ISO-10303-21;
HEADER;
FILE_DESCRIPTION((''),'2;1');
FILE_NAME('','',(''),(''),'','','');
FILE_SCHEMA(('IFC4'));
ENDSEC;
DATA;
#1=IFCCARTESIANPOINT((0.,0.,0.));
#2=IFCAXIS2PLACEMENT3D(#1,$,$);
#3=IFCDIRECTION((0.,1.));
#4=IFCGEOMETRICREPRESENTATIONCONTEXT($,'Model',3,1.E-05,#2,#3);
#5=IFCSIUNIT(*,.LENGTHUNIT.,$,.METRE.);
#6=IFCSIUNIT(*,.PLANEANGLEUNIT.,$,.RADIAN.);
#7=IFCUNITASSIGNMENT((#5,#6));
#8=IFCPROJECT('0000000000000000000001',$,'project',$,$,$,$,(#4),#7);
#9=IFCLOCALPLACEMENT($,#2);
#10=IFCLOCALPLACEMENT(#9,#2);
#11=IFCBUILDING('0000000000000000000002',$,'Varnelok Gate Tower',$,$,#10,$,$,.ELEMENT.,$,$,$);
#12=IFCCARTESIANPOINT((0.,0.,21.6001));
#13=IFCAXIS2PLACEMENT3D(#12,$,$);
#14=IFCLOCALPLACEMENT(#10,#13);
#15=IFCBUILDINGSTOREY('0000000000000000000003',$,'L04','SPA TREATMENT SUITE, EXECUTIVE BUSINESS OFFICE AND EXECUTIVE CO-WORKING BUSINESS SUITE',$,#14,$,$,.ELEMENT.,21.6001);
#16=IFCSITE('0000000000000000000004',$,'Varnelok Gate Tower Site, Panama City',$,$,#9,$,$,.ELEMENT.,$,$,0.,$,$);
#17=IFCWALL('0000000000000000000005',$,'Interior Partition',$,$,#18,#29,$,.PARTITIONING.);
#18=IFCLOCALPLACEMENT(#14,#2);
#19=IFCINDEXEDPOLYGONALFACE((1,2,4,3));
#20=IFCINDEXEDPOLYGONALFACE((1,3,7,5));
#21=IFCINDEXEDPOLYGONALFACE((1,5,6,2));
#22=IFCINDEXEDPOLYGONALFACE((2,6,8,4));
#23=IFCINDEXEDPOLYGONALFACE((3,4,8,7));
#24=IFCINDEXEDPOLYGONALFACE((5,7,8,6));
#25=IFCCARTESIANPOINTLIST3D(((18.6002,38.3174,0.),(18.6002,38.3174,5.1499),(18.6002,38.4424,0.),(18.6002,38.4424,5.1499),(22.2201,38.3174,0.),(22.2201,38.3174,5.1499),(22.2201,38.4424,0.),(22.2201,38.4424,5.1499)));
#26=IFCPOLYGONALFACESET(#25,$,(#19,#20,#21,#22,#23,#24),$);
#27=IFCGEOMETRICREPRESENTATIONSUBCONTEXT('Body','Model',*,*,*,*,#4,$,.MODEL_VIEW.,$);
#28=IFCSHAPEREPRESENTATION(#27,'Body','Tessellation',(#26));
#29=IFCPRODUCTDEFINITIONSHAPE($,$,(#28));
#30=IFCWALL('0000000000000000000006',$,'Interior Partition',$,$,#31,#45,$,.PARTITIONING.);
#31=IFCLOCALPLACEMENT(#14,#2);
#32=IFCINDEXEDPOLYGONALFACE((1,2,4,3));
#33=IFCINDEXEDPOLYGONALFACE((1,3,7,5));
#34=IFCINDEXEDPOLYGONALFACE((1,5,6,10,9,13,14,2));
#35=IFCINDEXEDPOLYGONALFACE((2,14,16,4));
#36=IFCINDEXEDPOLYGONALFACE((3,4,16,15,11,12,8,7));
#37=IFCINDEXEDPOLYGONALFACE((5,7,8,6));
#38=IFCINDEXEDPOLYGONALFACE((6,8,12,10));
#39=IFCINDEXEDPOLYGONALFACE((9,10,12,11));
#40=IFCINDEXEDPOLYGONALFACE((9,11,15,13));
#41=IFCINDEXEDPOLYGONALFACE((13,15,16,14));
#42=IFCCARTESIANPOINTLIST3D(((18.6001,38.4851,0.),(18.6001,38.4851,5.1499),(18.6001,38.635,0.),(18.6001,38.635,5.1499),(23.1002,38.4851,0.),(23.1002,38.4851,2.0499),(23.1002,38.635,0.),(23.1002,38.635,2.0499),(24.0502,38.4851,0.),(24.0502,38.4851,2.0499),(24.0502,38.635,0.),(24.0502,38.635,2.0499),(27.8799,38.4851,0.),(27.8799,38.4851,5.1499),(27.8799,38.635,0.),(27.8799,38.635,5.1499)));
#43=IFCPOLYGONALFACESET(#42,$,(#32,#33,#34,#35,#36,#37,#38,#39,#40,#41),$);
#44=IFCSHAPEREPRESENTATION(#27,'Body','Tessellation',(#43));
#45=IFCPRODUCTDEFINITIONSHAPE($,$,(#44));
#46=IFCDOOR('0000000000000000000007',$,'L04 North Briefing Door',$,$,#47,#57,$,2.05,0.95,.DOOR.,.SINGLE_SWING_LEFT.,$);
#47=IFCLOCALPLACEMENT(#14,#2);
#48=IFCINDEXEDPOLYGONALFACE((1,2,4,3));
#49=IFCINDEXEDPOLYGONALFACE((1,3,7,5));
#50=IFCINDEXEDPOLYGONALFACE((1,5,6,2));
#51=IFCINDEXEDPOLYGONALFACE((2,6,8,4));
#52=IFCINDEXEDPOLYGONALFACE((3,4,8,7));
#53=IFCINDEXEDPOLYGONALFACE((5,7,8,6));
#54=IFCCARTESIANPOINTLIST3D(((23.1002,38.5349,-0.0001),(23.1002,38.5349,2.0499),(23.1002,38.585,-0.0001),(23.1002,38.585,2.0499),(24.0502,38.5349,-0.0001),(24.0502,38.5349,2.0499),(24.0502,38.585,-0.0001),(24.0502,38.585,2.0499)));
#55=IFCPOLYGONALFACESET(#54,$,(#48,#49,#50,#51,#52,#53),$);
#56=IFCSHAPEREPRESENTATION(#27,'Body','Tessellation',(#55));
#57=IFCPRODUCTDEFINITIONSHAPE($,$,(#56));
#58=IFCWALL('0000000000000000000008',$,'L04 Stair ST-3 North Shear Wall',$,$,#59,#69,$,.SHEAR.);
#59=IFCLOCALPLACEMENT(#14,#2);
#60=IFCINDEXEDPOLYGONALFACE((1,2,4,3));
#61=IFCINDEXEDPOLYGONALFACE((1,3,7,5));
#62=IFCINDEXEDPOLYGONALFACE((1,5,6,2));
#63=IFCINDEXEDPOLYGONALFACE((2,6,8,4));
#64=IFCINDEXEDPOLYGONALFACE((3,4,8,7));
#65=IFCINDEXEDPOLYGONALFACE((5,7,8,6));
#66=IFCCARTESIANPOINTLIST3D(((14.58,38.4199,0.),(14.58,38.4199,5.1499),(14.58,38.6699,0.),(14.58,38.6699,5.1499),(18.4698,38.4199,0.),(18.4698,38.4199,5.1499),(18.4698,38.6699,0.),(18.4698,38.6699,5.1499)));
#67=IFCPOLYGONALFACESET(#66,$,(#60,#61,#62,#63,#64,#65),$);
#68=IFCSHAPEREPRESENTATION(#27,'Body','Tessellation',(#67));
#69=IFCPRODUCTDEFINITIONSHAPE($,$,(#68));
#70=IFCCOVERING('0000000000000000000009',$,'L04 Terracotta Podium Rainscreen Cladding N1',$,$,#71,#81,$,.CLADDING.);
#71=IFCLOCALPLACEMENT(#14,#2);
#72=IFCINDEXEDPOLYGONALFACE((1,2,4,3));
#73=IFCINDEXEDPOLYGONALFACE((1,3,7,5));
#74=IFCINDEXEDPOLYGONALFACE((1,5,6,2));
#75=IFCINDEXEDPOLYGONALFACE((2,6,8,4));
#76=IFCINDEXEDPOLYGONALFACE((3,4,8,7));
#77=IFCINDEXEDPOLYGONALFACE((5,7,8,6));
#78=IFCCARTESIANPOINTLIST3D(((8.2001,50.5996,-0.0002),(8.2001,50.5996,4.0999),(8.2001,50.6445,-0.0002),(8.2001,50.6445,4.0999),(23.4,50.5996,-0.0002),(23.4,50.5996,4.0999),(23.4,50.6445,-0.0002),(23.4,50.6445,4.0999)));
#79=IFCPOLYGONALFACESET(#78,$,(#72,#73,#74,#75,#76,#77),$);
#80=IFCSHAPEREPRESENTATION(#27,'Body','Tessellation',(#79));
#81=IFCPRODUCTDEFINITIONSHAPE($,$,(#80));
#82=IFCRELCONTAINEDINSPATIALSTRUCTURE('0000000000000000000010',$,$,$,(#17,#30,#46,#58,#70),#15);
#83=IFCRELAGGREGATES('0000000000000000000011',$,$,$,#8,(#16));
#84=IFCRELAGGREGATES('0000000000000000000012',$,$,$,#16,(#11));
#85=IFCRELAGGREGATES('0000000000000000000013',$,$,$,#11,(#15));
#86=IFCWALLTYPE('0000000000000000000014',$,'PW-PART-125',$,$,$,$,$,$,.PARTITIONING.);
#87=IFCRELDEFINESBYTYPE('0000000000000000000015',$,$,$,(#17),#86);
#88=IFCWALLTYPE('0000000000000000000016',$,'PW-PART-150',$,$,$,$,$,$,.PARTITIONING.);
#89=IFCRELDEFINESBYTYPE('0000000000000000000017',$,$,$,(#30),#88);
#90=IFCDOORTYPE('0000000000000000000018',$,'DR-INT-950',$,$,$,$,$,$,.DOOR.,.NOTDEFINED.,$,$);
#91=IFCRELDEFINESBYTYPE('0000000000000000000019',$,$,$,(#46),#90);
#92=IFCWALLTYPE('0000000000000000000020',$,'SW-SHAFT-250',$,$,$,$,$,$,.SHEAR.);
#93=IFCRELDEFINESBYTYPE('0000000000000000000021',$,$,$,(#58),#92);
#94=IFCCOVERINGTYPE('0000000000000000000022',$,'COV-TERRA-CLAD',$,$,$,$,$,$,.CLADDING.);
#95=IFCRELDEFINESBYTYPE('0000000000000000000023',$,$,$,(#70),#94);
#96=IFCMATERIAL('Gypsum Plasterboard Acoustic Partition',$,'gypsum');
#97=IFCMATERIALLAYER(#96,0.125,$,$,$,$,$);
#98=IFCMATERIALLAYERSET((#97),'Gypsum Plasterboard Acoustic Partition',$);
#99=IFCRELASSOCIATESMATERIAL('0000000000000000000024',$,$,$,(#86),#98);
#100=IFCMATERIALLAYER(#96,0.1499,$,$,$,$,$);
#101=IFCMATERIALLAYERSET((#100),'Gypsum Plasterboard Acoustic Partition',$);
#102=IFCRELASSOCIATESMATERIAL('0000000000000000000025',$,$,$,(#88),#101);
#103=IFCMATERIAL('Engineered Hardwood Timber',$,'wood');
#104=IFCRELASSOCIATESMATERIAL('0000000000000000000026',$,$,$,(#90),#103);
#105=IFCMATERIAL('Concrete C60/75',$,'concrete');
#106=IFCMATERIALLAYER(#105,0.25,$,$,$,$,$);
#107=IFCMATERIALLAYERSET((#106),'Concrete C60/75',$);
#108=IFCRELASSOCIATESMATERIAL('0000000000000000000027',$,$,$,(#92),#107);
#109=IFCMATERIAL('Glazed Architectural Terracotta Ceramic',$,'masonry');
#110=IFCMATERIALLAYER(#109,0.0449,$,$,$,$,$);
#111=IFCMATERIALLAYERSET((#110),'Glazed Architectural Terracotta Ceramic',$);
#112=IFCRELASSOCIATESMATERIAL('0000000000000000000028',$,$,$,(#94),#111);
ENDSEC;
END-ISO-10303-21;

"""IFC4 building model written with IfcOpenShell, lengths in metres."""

from ifc_helpers import new_model, si_unit, direction, frame, frame_2d, origin, origin_2d, place, context, subcontext, project, spatial, rectangle, extrude, source, transform, mapped, material, layer, layer_set, type_object, element, fill, save


model = new_model("IFC4")

# Units and contexts
model_context = context("Model", 3, precision=1e-05, world=origin(), true_north=direction((0.0, 1.0)))
body_context = subcontext(model_context, "Body", "Model", "MODEL_VIEW")
ifc_project = project(units=[si_unit("LENGTHUNIT", "METRE"), si_unit("PLANEANGLEUNIT", "RADIAN")], contexts=[model_context])

# Site, building, storey
site_placement = place(None, origin())
site = spatial("IfcSite", under=ifc_project, at=site_placement, Name="Varnelok Gate Tower Site, Panama City", CompositionType="ELEMENT", RefElevation=0.0)
building_placement = place(site_placement, origin())
building = spatial("IfcBuilding", under=site, at=building_placement, Name="Varnelok Gate Tower", CompositionType="ELEMENT")
storey_placement = place(building_placement, frame((0.0, 0.0, 21.6001)))
storey = spatial("IfcBuildingStorey", under=building, at=storey_placement, Name="L04", Description="SPA TREATMENT SUITE, EXECUTIVE BUSINESS OFFICE AND EXECUTIVE CO-WORKING BUSINESS SUITE", CompositionType="ELEMENT", Elevation=21.6001)

# Shared definitions
ifc_material_1 = material(Name="Concrete C60/75", Category="concrete")

# Wall
ifc_material_2 = material(Name="Gypsum Plasterboard Acoustic Partition", Category="gypsum")
ifc_layer_1 = layer(ifc_material_2, 0.125)
ifc_layer_set_1 = layer_set([ifc_layer_1], Name="Gypsum Plasterboard Acoustic Partition")
wall_type_1 = type_object("IfcWallType", Name="PW-PART-125", PredefinedType="PARTITIONING", material=ifc_layer_set_1)
wall_1_placement = place(storey_placement, frame((18.6001, 38.3799, 0.0), z_axis=(0.0, 0.0, 1.0), x_axis=(1.0, 0.0, 0.0)))
element("IfcWall", 1, at=wall_1_placement, inside=storey, type_object=wall_type_1, Name="Interior Partition", PredefinedType="PARTITIONING", context=body_context, shape_type="SweptSolid", body=[
    extrude(rectangle(XDim=3.6199, YDim=0.125, at=frame_2d((1.8101, 0.0))), origin(), (0.0, 0.0, 1.0), 5.1499),
])

# Wall, opening, door
ifc_layer_2 = layer(ifc_material_2, 0.1499)
ifc_layer_set_2 = layer_set([ifc_layer_2], Name="Gypsum Plasterboard Acoustic Partition")
wall_type_2 = type_object("IfcWallType", Name="PW-PART-150", PredefinedType="PARTITIONING", material=ifc_layer_set_2)
wall_2_placement = place(storey_placement, frame((18.6001, 38.5601, 0.0), z_axis=(0.0, 0.0, 1.0), x_axis=(1.0, 0.0, 0.0)))
wall_2 = element("IfcWall", 2, at=wall_2_placement, inside=storey, type_object=wall_type_2, Name="Interior Partition", PredefinedType="PARTITIONING", context=body_context, shape_type="SweptSolid", body=[
    extrude(rectangle(XDim=9.2798, YDim=0.1499, at=frame_2d((4.6399, 0.0))), origin(), (0.0, 0.0, 1.0), 5.1499),
])
opening_1_placement = place(wall_2_placement, frame((4.5, 0.0, 0.0)))
opening_1 = element("IfcOpeningElement", 3, at=opening_1_placement, cuts=wall_2, PredefinedType="OPENING", context=body_context, shape_type="SweptSolid", body=[
    extrude(rectangle(XDim=0.95, YDim=2.05, at=frame_2d((0.4751, 1.0249))), frame((0.0, 0.085, 0.0), z_axis=(0.0, -1.0, 0.0), x_axis=(1.0, 0.0, 0.0)), (0.0, 0.0, 1.0), 0.1699),
])
ifc_material_3 = material(Name="Engineered Hardwood Timber", Category="wood")
door_type = type_object("IfcDoorType", Name="DR-INT-950", OperationType="NOTDEFINED", PredefinedType="DOOR", material=ifc_material_3)
door_placement = place(opening_1_placement, origin())
door = element("IfcDoor", 4, at=door_placement, inside=storey, type_object=door_type, Name="L04 North Briefing Door", OperationType="SINGLE_SWING_LEFT", OverallHeight=2.05, OverallWidth=0.95, PredefinedType="DOOR", context=body_context, shape_type="SweptSolid", body=[
    extrude(rectangle(XDim=0.95, YDim=2.05, at=frame_2d((0.4751, 1.0249))), frame((0.0, 0.0249, 0.0), z_axis=(0.0, -1.0, 0.0), x_axis=(1.0, 0.0, 0.0)), (0.0, 0.0, 1.0), 0.05),
])
fill(opening_1, door)

# Wall
ifc_layer_3 = layer(ifc_material_1, 0.25)
ifc_layer_set_3 = layer_set([ifc_layer_3], Name="Concrete C60/75")
wall_type_3 = type_object("IfcWallType", Name="SW-SHAFT-250", PredefinedType="SHEAR", material=ifc_layer_set_3)
wall_3_placement = place(storey_placement, frame((14.5801, 38.5449, 0.0), z_axis=(0.0, 0.0, 1.0), x_axis=(1.0, 0.0, 0.0)))
element("IfcWall", 5, at=wall_3_placement, inside=storey, type_object=wall_type_3, Name="L04 Stair ST-3 North Shear Wall", PredefinedType="SHEAR", context=body_context, shape_type="SweptSolid", body=[
    extrude(rectangle(XDim=3.8899, YDim=0.25, at=frame_2d((1.9448, 0.0))), origin(), (0.0, 0.0, 1.0), 5.1499),
])

# Covering
ifc_material_4 = material(Name="Glazed Architectural Terracotta Ceramic", Category="masonry")
ifc_layer_4 = layer(ifc_material_4, 0.0449)
ifc_layer_set_4 = layer_set([ifc_layer_4], Name="Glazed Architectural Terracotta Ceramic")
covering_type = type_object("IfcCoveringType", Name="COV-TERRA-CLAD", PredefinedType="CLADDING", material=ifc_layer_set_4)
shared_shape = source(origin(), body_context, "Body", "SweptSolid", [
    extrude(rectangle(XDim=15.2, YDim=0.0449, at=origin_2d()), origin(), (0.0, 0.0, 1.0), 4.1001),
])
covering_placement = place(storey_placement, frame((15.8, 50.6221, -0.0002), z_axis=(0.0, 0.0, 1.0), x_axis=(1.0, 0.0, 0.0)))
element("IfcCovering", 6, at=covering_placement, inside=storey, type_object=covering_type, Name="L04 Terracotta Podium Rainscreen Cladding N1", PredefinedType="CLADDING", context=body_context, shape_type="MappedRepresentation", body=[
    mapped(shared_shape, transform((0.0, 0.0, 0.0), scale=1.0)),
])

save(model, "model.ifc")
